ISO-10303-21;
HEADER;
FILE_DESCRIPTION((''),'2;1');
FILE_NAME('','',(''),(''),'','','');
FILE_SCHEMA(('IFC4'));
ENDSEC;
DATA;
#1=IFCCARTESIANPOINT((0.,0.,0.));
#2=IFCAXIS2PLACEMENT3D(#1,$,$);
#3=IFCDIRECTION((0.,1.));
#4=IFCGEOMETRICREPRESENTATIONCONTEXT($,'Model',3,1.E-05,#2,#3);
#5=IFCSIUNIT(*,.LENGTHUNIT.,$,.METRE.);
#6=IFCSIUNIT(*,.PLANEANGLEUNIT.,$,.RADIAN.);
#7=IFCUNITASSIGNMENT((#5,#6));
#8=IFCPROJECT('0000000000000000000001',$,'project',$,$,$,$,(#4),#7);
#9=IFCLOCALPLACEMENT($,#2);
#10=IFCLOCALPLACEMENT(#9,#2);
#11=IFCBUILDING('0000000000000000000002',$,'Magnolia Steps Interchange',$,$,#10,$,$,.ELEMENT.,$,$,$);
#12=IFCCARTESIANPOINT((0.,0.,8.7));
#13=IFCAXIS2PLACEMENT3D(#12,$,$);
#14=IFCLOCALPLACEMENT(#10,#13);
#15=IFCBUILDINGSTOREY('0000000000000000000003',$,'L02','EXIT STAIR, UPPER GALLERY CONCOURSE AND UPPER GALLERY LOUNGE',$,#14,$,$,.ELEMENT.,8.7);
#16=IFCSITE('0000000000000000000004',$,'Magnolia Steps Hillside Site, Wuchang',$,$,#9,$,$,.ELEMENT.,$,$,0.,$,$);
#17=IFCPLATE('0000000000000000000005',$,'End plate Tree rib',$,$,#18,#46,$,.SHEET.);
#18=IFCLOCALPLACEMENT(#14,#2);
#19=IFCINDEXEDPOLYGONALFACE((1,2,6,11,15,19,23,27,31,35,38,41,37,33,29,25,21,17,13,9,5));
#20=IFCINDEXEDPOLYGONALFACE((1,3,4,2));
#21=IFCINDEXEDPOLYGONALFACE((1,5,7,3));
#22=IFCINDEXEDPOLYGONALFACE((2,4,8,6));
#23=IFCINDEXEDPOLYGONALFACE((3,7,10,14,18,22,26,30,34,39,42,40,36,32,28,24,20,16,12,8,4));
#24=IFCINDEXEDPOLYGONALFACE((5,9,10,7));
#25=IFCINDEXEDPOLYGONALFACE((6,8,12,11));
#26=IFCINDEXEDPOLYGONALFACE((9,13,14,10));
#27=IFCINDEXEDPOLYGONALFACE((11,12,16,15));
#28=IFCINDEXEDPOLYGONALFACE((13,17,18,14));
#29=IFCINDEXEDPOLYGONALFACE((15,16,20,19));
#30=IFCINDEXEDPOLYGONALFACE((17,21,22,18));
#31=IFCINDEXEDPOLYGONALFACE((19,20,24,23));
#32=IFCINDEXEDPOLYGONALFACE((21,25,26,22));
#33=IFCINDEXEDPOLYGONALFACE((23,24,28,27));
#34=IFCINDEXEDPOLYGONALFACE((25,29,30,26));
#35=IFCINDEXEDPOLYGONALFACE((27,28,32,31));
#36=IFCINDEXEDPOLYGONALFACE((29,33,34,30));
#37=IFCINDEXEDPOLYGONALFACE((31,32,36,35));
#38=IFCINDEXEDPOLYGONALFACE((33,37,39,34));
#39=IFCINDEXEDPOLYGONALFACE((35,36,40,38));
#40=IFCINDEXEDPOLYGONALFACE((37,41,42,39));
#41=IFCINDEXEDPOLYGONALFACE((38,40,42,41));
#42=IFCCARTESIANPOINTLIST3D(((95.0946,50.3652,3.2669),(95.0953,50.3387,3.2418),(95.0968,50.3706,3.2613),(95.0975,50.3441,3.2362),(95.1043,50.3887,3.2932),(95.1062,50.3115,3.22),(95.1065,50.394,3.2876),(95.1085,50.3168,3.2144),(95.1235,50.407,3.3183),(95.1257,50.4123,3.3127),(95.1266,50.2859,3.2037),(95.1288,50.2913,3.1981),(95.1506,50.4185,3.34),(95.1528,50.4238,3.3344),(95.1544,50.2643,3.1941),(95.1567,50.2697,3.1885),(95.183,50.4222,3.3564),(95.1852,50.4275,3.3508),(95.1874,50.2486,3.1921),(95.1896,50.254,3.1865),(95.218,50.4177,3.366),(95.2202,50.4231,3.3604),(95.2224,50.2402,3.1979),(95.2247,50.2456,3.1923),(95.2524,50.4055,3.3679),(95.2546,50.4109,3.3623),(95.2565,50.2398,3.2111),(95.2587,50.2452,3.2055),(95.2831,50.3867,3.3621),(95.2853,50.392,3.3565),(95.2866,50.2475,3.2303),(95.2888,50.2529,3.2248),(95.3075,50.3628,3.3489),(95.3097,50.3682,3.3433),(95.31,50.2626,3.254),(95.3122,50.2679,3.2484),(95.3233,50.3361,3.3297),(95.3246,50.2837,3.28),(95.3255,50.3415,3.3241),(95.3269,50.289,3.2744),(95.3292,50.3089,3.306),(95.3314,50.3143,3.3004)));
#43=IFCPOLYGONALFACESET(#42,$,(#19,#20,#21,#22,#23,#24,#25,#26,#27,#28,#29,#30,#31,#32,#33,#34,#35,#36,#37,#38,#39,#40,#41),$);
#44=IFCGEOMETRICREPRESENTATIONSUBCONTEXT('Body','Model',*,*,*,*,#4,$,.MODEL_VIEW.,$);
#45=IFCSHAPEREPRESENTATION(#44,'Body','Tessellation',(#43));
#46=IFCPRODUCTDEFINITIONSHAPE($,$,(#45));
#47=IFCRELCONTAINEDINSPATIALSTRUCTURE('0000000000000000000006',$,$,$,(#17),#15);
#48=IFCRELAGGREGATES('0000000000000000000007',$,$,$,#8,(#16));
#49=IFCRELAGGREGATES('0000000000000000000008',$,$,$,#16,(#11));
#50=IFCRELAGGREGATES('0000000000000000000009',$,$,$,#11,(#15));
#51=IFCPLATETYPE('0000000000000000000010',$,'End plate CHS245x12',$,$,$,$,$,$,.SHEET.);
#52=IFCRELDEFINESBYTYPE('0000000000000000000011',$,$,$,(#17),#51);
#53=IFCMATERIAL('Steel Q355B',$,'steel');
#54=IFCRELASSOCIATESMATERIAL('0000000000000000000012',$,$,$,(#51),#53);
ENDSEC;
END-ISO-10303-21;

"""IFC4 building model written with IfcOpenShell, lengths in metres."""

from ifc_helpers import new_model, si_unit, direction, frame, origin, origin_2d, place, context, subcontext, project, spatial, circle, extrude, material, material_profile, profile_set, type_object, element, save


model = new_model("IFC4")

# Units and contexts
model_context = context("Model", 3, precision=1e-05, world=origin(), true_north=direction((0.0, 1.0)))
body_context = subcontext(model_context, "Body", "Model", "MODEL_VIEW")
ifc_project = project(units=[si_unit("LENGTHUNIT", "METRE"), si_unit("PLANEANGLEUNIT", "RADIAN")], contexts=[model_context])

# Site, building, storey
site_placement = place(None, origin())
site = spatial("IfcSite", under=ifc_project, at=site_placement, Name="Magnolia Steps Hillside Site, Wuchang", CompositionType="ELEMENT", RefElevation=0.0)
building_placement = place(site_placement, origin())
building = spatial("IfcBuilding", under=site, at=building_placement, Name="Magnolia Steps Interchange", CompositionType="ELEMENT")
storey_placement = place(building_placement, frame((0.0, 0.0, 8.7)))
storey = spatial("IfcBuildingStorey", under=building, at=storey_placement, Name="L02", Description="EXIT STAIR, UPPER GALLERY CONCOURSE AND UPPER GALLERY LOUNGE", CompositionType="ELEMENT", Elevation=8.7)

# Plate
ifc_material_1 = material(Name="Steel Q355B", Category="steel")
ifc_material_profile_1 = material_profile(ifc_material_1, circle(Radius=0.1226, at=origin_2d()), Name="End plate CHS245x12")
ifc_profile_set_1 = profile_set([ifc_material_profile_1], Name="Steel Q355B")
plate_type = type_object("IfcPlateType", Name="End plate CHS245x12", PredefinedType="SHEET", material=ifc_profile_set_1)
for number, where, z_axis, x_axis, name in (
    (1, (95.2136, 50.3359, 3.2744), (-0.275279, -0.664583, 0.694658), (0.92388, -0.382683, 0.0), "End plate Tree rib"),
):
    element("IfcPlate", number, at=place(storey_placement, frame(where, z_axis=z_axis, x_axis=x_axis)), inside=storey, type_object=plate_type, Name=name, PredefinedType="SHEET", context=body_context, shape_type="SweptSolid", body=[
        extrude(circle(Radius=0.1226, at=origin_2d()), origin(), (0.0, 0.0, 1.0), 0.0081),
    ])

save(model, "model.ifc")
